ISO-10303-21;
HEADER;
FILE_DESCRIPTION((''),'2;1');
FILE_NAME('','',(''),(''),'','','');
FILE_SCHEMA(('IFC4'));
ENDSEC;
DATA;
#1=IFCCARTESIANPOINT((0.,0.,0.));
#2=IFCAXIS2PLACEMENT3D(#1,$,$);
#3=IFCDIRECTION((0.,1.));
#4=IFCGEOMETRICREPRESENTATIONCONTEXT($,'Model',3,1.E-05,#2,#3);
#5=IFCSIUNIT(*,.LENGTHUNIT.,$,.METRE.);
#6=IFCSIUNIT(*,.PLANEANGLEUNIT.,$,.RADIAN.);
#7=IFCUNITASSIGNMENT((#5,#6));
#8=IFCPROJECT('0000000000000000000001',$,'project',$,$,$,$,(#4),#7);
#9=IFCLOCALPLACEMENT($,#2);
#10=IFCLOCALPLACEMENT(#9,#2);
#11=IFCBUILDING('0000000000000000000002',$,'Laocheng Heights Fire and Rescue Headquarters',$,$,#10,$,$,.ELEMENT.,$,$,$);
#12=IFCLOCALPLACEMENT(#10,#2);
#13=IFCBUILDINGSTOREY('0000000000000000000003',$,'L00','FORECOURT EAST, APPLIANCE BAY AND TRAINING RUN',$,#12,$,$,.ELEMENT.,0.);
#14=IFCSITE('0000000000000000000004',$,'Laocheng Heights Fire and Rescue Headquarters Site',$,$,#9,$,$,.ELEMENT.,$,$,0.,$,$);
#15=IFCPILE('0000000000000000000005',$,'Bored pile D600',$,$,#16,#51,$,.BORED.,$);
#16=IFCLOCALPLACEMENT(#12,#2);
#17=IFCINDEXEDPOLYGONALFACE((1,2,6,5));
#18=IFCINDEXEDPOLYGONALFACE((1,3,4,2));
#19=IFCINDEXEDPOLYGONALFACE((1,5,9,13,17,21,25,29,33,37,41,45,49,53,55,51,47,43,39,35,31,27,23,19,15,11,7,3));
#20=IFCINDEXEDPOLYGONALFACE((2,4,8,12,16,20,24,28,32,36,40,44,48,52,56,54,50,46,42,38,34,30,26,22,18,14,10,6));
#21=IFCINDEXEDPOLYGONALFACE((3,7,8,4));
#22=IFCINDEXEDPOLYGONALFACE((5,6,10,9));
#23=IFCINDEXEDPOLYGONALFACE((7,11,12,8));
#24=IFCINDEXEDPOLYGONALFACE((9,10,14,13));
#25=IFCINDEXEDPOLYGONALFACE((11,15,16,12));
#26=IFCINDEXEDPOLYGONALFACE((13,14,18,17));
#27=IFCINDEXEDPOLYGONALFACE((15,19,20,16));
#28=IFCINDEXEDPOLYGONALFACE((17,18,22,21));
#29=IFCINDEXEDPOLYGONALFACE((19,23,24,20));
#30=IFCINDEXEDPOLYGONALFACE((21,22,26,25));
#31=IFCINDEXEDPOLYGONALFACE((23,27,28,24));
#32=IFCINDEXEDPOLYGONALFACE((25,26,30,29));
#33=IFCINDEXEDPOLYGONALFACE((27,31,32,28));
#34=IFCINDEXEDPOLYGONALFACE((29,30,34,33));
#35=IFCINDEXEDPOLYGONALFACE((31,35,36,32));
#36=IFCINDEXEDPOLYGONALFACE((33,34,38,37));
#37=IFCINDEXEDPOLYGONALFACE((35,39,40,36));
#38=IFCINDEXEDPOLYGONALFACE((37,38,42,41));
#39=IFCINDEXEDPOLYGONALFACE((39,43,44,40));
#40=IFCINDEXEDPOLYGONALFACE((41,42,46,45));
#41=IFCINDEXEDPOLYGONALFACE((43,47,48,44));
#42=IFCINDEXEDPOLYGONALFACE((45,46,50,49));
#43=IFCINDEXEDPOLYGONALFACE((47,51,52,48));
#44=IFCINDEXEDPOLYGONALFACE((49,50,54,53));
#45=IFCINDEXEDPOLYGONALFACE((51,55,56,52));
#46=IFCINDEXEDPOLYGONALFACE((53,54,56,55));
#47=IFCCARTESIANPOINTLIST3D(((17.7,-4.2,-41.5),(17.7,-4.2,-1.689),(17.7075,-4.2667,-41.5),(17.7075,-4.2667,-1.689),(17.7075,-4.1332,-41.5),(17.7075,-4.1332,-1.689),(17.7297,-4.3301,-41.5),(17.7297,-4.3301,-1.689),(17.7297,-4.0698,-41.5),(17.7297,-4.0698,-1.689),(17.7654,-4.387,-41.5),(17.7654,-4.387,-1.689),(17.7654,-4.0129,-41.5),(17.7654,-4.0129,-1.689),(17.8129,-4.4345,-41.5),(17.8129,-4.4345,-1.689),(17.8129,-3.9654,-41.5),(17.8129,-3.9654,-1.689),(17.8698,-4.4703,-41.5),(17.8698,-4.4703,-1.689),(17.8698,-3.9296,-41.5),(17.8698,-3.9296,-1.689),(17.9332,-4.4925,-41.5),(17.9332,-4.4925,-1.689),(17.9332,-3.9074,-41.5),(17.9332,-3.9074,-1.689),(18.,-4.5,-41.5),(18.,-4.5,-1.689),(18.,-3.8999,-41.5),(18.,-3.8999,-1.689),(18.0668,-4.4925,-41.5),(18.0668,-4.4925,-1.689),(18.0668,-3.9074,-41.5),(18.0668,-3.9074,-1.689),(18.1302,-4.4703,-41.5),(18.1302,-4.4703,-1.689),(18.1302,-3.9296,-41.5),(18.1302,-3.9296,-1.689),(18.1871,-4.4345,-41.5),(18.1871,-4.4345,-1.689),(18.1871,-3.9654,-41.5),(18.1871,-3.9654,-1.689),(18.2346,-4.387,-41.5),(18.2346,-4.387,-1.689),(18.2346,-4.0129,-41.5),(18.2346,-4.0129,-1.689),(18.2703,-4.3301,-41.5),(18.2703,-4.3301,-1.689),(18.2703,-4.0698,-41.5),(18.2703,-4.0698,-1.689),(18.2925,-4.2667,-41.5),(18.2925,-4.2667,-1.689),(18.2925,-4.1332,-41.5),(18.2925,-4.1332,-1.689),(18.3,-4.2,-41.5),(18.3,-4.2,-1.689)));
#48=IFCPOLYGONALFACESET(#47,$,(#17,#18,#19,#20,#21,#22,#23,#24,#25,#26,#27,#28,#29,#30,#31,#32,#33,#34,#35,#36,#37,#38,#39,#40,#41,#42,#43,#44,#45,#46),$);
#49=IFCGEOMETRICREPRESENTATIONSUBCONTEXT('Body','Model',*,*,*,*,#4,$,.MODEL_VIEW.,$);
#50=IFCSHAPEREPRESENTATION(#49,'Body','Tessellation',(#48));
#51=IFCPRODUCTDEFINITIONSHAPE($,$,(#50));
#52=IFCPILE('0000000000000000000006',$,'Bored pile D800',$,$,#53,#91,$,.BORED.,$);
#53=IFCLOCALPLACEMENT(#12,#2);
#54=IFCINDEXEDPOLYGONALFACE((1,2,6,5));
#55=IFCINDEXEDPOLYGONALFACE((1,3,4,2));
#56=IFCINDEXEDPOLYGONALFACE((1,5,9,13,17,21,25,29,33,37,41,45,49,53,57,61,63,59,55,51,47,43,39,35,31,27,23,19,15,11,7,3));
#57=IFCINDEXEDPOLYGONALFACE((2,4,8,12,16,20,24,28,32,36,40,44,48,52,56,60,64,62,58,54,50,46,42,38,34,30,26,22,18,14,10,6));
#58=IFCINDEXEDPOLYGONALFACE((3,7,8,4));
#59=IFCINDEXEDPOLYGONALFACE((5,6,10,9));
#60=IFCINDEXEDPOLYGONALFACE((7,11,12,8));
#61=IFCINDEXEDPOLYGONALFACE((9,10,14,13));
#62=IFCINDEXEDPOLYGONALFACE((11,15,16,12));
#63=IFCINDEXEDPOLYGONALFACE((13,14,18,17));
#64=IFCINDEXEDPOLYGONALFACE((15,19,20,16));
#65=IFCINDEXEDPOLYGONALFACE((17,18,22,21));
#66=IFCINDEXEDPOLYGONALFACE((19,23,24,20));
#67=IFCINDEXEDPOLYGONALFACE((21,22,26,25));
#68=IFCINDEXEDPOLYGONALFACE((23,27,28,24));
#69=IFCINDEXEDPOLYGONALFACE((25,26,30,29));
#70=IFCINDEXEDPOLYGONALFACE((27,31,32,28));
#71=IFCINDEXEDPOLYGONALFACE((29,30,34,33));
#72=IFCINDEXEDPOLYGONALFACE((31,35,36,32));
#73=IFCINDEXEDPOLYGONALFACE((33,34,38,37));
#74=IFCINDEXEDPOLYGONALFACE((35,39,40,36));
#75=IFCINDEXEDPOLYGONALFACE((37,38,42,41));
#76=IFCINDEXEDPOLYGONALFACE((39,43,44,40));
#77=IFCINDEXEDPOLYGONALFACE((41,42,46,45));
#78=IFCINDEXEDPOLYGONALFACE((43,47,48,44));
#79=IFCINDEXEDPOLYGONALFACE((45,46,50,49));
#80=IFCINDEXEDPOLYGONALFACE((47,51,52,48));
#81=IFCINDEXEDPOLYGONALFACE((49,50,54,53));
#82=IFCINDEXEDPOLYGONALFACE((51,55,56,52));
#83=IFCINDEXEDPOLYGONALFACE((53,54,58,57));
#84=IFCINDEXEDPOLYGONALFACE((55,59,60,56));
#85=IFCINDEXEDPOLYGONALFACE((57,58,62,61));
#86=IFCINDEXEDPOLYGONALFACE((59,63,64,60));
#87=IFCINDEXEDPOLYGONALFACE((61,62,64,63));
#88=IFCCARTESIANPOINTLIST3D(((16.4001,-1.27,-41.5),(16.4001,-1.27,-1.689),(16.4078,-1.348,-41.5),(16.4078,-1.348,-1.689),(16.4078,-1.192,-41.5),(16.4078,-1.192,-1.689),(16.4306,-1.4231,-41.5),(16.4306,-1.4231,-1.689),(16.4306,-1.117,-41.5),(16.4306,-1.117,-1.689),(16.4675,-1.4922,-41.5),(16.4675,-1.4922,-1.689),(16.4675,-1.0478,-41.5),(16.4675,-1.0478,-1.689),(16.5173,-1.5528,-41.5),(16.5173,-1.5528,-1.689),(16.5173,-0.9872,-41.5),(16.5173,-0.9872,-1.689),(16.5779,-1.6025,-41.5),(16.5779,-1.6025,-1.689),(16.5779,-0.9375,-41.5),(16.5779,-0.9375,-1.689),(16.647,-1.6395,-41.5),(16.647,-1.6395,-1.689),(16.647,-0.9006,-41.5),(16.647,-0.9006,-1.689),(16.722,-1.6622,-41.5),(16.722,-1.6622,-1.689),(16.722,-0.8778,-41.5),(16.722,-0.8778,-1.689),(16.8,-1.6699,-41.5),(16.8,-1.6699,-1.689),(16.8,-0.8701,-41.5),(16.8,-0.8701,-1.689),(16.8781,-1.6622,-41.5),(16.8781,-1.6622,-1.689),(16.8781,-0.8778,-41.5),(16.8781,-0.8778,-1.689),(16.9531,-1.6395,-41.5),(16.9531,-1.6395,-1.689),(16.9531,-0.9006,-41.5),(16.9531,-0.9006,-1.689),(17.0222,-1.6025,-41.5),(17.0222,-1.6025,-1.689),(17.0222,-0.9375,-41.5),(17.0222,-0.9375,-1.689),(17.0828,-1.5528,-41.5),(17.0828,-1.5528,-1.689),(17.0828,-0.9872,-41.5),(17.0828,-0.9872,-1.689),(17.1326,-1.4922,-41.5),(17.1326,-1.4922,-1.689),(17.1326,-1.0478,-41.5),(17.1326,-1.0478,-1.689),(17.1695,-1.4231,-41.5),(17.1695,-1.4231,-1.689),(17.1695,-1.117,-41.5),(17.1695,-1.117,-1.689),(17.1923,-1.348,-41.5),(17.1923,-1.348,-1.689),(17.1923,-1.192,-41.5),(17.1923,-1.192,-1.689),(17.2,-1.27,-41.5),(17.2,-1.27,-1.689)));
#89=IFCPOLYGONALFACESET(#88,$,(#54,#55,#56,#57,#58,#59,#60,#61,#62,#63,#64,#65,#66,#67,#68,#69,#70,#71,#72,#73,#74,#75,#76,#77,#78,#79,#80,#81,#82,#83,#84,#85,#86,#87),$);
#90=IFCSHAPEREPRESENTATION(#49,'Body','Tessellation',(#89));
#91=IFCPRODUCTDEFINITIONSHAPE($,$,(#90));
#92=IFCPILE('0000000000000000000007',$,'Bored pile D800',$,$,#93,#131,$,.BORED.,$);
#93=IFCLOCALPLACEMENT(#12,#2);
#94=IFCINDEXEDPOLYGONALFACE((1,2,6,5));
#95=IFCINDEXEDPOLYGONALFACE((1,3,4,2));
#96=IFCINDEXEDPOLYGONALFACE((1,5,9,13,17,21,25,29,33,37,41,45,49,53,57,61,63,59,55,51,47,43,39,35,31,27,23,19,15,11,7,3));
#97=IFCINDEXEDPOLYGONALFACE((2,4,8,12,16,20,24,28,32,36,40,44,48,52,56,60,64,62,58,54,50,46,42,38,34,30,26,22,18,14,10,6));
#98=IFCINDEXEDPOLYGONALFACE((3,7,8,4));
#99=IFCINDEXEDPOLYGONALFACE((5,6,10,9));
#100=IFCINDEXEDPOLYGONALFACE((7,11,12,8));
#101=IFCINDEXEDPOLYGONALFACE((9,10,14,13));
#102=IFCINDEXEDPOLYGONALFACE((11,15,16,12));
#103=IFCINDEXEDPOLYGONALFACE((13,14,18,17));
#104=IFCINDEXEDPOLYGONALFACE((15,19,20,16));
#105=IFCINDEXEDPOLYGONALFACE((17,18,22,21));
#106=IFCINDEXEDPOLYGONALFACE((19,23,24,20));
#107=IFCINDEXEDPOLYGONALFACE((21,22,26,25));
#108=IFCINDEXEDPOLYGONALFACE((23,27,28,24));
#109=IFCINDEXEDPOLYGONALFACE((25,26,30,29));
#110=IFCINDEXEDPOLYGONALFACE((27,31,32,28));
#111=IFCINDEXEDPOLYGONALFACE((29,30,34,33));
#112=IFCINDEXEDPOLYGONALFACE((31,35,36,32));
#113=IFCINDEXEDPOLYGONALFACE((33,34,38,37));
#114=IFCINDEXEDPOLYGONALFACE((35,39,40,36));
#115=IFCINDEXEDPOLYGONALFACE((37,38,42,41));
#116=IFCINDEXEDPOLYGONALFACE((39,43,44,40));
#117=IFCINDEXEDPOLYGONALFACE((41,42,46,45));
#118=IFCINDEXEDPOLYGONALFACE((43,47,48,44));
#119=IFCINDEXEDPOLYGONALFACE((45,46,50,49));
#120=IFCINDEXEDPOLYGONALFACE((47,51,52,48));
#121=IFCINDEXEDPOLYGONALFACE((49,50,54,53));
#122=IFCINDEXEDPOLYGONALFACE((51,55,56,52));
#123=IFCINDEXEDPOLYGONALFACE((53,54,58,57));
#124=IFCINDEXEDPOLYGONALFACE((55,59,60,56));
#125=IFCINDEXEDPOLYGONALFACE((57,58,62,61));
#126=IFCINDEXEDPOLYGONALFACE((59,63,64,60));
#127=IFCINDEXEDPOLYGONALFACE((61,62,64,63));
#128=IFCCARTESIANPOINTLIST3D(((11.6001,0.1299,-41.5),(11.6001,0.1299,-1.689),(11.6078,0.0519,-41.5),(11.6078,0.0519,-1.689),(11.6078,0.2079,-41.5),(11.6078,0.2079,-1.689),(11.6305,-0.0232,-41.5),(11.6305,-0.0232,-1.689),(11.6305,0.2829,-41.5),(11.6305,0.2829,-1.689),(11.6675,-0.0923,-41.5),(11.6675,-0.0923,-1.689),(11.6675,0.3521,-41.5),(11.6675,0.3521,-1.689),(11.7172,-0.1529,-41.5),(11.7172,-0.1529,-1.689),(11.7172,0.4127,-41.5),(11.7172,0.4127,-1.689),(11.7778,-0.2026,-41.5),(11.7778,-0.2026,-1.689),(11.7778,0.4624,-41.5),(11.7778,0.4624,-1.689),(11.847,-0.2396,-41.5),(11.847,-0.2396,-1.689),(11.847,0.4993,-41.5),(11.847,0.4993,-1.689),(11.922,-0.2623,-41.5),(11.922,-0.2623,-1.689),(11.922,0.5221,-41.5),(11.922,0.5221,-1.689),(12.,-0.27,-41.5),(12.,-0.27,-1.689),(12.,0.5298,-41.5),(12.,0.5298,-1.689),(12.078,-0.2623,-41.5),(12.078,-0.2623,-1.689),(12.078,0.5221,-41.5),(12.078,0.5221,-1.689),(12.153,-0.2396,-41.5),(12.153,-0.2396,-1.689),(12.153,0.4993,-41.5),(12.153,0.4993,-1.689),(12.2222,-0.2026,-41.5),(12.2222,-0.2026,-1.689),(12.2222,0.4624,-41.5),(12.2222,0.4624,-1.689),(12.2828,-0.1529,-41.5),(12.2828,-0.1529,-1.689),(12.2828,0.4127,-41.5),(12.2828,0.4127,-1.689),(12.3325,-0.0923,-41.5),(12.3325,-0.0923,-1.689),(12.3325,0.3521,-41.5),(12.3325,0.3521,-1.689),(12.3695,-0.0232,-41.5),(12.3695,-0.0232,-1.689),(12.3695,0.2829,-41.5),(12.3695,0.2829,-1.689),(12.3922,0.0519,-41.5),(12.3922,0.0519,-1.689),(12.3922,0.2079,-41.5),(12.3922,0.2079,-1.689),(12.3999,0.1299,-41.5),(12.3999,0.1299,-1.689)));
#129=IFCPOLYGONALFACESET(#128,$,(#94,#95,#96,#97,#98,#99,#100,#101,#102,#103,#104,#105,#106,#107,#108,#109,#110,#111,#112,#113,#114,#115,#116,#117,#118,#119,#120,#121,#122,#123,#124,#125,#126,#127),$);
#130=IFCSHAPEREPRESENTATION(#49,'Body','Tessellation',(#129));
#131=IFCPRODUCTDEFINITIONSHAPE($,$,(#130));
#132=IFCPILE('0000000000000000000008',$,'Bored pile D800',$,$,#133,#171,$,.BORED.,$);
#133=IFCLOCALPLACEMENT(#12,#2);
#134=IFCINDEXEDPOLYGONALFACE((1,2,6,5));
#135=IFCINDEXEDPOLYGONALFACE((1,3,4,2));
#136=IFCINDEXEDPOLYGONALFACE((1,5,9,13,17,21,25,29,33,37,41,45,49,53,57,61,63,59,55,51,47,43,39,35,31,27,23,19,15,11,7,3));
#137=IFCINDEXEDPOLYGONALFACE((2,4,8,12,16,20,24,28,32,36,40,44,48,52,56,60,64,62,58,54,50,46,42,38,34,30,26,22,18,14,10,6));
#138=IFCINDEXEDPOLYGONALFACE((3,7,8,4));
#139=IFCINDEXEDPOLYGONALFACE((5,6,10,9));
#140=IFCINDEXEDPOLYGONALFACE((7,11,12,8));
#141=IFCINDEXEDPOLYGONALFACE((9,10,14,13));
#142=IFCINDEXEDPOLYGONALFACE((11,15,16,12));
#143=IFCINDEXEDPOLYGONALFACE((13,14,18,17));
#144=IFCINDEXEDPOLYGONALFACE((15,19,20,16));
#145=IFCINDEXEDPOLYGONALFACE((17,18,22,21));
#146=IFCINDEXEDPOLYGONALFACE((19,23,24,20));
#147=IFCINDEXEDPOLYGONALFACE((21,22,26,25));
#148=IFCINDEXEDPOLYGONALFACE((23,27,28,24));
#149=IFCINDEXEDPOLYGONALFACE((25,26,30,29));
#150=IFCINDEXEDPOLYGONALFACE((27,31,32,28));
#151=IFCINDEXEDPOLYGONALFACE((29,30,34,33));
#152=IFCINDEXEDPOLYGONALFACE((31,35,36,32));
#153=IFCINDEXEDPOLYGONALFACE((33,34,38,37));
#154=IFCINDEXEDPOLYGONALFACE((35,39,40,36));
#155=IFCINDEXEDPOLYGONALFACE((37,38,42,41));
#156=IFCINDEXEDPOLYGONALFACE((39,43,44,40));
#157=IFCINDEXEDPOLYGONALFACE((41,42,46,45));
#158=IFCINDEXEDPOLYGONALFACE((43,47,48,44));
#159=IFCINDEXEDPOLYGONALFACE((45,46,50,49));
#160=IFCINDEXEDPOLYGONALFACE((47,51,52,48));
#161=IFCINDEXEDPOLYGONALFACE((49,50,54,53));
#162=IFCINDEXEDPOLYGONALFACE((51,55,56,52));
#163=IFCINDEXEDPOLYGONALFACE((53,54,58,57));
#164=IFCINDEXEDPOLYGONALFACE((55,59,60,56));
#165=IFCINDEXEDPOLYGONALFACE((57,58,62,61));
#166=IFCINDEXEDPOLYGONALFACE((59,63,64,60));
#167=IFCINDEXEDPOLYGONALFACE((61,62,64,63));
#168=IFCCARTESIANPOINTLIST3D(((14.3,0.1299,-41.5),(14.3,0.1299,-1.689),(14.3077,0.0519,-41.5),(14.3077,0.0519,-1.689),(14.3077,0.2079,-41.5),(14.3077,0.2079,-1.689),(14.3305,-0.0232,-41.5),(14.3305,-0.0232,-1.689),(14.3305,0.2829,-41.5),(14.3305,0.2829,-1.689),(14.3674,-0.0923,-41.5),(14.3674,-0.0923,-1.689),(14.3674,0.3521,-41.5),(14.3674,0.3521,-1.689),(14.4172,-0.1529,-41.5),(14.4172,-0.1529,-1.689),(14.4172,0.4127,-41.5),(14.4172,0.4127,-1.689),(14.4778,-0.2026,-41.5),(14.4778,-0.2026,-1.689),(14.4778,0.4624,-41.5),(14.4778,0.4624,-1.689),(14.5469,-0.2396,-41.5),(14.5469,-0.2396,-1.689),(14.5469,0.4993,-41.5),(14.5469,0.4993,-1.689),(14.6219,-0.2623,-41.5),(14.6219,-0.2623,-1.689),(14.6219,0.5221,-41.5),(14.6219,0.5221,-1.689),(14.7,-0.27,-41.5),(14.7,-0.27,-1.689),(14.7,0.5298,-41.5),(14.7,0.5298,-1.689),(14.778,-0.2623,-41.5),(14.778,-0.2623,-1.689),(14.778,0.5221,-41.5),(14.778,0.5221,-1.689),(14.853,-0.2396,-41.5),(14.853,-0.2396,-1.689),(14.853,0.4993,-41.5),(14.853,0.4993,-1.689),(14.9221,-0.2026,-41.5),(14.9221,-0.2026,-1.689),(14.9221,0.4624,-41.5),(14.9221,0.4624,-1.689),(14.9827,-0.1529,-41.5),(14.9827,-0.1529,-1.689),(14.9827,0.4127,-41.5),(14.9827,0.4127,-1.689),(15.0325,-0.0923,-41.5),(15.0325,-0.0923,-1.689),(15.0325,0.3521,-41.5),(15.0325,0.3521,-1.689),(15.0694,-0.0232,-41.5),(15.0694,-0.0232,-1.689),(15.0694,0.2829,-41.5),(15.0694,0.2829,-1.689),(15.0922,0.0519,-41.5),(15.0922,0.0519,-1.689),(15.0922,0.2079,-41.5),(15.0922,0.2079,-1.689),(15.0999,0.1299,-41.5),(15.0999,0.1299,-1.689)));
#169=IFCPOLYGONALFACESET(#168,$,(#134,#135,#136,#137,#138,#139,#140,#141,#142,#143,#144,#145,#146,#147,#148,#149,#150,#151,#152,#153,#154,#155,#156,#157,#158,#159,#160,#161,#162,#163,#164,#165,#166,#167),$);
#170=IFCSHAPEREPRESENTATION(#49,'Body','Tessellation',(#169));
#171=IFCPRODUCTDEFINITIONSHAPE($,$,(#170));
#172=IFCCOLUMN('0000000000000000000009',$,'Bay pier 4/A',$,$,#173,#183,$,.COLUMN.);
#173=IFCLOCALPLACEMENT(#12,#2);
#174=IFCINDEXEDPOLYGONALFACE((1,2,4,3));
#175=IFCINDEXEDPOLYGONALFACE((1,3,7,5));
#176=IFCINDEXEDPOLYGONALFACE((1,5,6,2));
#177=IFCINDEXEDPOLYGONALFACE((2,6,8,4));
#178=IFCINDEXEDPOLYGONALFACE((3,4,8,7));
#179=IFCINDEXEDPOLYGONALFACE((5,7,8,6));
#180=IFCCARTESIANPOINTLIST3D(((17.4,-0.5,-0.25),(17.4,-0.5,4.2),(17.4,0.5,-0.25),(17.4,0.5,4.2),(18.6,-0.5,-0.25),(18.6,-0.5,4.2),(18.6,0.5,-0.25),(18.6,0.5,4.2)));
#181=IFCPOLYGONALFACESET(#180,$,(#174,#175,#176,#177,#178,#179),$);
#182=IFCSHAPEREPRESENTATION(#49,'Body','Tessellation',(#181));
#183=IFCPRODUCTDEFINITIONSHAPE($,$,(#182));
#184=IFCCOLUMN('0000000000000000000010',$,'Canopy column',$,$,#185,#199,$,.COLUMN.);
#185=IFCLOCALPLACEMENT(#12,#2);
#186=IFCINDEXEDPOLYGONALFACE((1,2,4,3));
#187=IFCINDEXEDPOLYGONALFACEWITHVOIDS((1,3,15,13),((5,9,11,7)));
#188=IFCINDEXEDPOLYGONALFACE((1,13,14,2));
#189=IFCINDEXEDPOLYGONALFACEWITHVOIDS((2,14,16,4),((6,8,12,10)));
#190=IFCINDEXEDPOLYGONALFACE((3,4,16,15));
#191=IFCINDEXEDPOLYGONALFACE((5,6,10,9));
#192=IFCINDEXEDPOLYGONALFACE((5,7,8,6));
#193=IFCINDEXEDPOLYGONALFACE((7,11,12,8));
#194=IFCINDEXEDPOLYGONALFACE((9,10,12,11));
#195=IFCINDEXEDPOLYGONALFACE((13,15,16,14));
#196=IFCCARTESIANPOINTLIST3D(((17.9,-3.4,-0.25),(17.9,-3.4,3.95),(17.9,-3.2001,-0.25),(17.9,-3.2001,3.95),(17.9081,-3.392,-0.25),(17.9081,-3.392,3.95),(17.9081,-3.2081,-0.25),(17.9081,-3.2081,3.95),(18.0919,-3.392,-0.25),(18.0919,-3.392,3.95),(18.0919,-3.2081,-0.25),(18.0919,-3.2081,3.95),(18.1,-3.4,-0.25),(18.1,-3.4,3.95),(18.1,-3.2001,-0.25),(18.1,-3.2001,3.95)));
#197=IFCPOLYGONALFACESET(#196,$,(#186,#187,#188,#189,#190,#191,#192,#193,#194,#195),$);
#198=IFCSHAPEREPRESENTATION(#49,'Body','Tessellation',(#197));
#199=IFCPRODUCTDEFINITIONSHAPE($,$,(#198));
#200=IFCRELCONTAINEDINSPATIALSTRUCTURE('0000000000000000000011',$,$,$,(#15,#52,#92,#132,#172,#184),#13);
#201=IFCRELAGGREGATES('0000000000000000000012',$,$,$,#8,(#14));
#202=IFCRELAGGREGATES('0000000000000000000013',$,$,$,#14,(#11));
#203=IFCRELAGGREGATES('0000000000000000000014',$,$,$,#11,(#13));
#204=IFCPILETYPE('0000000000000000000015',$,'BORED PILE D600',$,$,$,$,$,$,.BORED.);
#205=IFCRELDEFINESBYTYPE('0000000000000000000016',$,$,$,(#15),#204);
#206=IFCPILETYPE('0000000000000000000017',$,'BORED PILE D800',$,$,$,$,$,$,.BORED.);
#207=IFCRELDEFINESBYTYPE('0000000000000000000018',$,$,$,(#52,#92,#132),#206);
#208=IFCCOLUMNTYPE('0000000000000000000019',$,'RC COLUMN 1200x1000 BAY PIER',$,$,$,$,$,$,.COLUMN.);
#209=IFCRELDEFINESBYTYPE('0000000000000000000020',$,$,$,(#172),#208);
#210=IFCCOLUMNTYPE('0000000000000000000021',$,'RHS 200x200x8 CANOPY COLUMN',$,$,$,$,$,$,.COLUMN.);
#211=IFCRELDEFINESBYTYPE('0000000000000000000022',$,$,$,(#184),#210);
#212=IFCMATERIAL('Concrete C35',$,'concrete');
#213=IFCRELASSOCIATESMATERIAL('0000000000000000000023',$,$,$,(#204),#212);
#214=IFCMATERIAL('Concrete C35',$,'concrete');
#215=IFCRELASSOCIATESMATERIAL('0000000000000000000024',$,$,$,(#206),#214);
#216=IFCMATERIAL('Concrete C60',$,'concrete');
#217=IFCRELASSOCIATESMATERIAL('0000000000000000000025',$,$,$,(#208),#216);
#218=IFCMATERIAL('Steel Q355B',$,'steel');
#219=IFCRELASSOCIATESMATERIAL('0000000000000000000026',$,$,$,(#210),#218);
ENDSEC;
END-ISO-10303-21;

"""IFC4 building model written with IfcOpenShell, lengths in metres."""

from ifc_helpers import new_model, si_unit, direction, frame, origin, origin_2d, place, context, subcontext, project, spatial, rectangle, hollow_rectangle, circle, extrude, material, material_profile, profile_set, type_object, element, save


model = new_model("IFC4")

# Units and contexts
model_context = context("Model", 3, precision=1e-05, world=origin(), true_north=direction((0.0, 1.0)))
body_context = subcontext(model_context, "Body", "Model", "MODEL_VIEW")
ifc_project = project(units=[si_unit("LENGTHUNIT", "METRE"), si_unit("PLANEANGLEUNIT", "RADIAN")], contexts=[model_context])

# Site, building, storey
site_placement = place(None, origin())
site = spatial("IfcSite", under=ifc_project, at=site_placement, Name="Laocheng Heights Fire and Rescue Headquarters Site", CompositionType="ELEMENT", RefElevation=0.0)
building_placement = place(site_placement, origin())
building = spatial("IfcBuilding", under=site, at=building_placement, Name="Laocheng Heights Fire and Rescue Headquarters", CompositionType="ELEMENT")
storey_placement = place(building_placement, origin())
storey = spatial("IfcBuildingStorey", under=building, at=storey_placement, Name="L00", Description="FORECOURT EAST, APPLIANCE BAY AND TRAINING RUN", CompositionType="ELEMENT", Elevation=0.0)

# Piles
ifc_material_1 = material(Name="Concrete C35", Category="concrete")
ifc_material_profile_1 = material_profile(ifc_material_1, circle(Radius=0.3, at=origin_2d()), Name="BORED PILE D600")
ifc_profile_set_1 = profile_set([ifc_material_profile_1], Name="Concrete C35")
pile_type_1 = type_object("IfcPileType", Name="BORED PILE D600", PredefinedType="BORED", material=ifc_profile_set_1)
pile_placement = place(storey_placement, frame((18.0, -4.2, -1.689), z_axis=(0.0, 0.0, -1.0), x_axis=(1.0, 0.0, 0.0)))
element("IfcPile", 1, at=pile_placement, inside=storey, type_object=pile_type_1, Name="Bored pile D600", PredefinedType="BORED", context=body_context, shape_type="SweptSolid", body=[
    extrude(circle(Radius=0.3, at=origin_2d()), origin(), (0.0, 0.0, 1.0), 39.811),
])
ifc_material_2 = material(Name="Concrete C35", Category="concrete")
ifc_material_profile_2 = material_profile(ifc_material_2, circle(Radius=0.3999, at=origin_2d()), Name="BORED PILE D800")
ifc_profile_set_2 = profile_set([ifc_material_profile_2], Name="Concrete C35")
pile_type_2 = type_object("IfcPileType", Name="BORED PILE D800", PredefinedType="BORED", material=ifc_profile_set_2)
for number, where, z_axis, x_axis, name in (
    (2, (16.8, -1.27, -1.689), (0.0, 0.0, -1.0), (1.0, 0.0, 0.0), "Bored pile D800"),
    (3, (12.0, 0.1299, -1.689), (0.0, 0.0, -1.0), (1.0, 0.0, 0.0), "Bored pile D800"),
    (4, (14.7, 0.1299, -1.689), (0.0, 0.0, -1.0), (1.0, 0.0, 0.0), "Bored pile D800"),
):
    element("IfcPile", number, at=place(storey_placement, frame(where, z_axis=z_axis, x_axis=x_axis)), inside=storey, type_object=pile_type_2, Name=name, PredefinedType="BORED", context=body_context, shape_type="SweptSolid", body=[
        extrude(circle(Radius=0.3999, at=origin_2d()), origin(), (0.0, 0.0, 1.0), 39.811),
    ])

# Columns
ifc_material_3 = material(Name="Concrete C60", Category="concrete")
ifc_material_profile_3 = material_profile(ifc_material_3, rectangle(XDim=1.2, YDim=1.0, at=origin_2d()), Name="RC COLUMN 1200x1000 BAY PIER")
ifc_profile_set_3 = profile_set([ifc_material_profile_3], Name="Concrete C60")
column_type_1 = type_object("IfcColumnType", Name="RC COLUMN 1200x1000 BAY PIER", PredefinedType="COLUMN", material=ifc_profile_set_3)
column_1_placement = place(storey_placement, frame((18.0, 0.0, -0.25), z_axis=(0.0, 0.0, 1.0), x_axis=(1.0, 0.0, 0.0)))
element("IfcColumn", 5, at=column_1_placement, inside=storey, type_object=column_type_1, Name="Bay pier 4/A", PredefinedType="COLUMN", context=body_context, shape_type="SweptSolid", body=[
    extrude(rectangle(XDim=1.2, YDim=1.0, at=origin_2d()), origin(), (0.0, 0.0, 1.0), 4.45),
])
ifc_material_4 = material(Name="Steel Q355B", Category="steel")
ifc_material_profile_4 = material_profile(ifc_material_4, hollow_rectangle(XDim=0.2, YDim=0.2, WallThickness=0.0081, at=origin_2d()), Name="RHS 200x200x8")
ifc_profile_set_4 = profile_set([ifc_material_profile_4], Name="Steel Q355B")
column_type_2 = type_object("IfcColumnType", Name="RHS 200x200x8 CANOPY COLUMN", PredefinedType="COLUMN", material=ifc_profile_set_4)
column_2_placement = place(storey_placement, frame((18.0, -3.3, -0.25), z_axis=(0.0, 0.0, 1.0), x_axis=(1.0, 0.0, 0.0)))
element("IfcColumn", 6, at=column_2_placement, inside=storey, type_object=column_type_2, Name="Canopy column", PredefinedType="COLUMN", context=body_context, shape_type="SweptSolid", body=[
    extrude(hollow_rectangle(XDim=0.2, YDim=0.2, WallThickness=0.0081, at=origin_2d()), origin(), (0.0, 0.0, 1.0), 4.2),
])

save(model, "model.ifc")
